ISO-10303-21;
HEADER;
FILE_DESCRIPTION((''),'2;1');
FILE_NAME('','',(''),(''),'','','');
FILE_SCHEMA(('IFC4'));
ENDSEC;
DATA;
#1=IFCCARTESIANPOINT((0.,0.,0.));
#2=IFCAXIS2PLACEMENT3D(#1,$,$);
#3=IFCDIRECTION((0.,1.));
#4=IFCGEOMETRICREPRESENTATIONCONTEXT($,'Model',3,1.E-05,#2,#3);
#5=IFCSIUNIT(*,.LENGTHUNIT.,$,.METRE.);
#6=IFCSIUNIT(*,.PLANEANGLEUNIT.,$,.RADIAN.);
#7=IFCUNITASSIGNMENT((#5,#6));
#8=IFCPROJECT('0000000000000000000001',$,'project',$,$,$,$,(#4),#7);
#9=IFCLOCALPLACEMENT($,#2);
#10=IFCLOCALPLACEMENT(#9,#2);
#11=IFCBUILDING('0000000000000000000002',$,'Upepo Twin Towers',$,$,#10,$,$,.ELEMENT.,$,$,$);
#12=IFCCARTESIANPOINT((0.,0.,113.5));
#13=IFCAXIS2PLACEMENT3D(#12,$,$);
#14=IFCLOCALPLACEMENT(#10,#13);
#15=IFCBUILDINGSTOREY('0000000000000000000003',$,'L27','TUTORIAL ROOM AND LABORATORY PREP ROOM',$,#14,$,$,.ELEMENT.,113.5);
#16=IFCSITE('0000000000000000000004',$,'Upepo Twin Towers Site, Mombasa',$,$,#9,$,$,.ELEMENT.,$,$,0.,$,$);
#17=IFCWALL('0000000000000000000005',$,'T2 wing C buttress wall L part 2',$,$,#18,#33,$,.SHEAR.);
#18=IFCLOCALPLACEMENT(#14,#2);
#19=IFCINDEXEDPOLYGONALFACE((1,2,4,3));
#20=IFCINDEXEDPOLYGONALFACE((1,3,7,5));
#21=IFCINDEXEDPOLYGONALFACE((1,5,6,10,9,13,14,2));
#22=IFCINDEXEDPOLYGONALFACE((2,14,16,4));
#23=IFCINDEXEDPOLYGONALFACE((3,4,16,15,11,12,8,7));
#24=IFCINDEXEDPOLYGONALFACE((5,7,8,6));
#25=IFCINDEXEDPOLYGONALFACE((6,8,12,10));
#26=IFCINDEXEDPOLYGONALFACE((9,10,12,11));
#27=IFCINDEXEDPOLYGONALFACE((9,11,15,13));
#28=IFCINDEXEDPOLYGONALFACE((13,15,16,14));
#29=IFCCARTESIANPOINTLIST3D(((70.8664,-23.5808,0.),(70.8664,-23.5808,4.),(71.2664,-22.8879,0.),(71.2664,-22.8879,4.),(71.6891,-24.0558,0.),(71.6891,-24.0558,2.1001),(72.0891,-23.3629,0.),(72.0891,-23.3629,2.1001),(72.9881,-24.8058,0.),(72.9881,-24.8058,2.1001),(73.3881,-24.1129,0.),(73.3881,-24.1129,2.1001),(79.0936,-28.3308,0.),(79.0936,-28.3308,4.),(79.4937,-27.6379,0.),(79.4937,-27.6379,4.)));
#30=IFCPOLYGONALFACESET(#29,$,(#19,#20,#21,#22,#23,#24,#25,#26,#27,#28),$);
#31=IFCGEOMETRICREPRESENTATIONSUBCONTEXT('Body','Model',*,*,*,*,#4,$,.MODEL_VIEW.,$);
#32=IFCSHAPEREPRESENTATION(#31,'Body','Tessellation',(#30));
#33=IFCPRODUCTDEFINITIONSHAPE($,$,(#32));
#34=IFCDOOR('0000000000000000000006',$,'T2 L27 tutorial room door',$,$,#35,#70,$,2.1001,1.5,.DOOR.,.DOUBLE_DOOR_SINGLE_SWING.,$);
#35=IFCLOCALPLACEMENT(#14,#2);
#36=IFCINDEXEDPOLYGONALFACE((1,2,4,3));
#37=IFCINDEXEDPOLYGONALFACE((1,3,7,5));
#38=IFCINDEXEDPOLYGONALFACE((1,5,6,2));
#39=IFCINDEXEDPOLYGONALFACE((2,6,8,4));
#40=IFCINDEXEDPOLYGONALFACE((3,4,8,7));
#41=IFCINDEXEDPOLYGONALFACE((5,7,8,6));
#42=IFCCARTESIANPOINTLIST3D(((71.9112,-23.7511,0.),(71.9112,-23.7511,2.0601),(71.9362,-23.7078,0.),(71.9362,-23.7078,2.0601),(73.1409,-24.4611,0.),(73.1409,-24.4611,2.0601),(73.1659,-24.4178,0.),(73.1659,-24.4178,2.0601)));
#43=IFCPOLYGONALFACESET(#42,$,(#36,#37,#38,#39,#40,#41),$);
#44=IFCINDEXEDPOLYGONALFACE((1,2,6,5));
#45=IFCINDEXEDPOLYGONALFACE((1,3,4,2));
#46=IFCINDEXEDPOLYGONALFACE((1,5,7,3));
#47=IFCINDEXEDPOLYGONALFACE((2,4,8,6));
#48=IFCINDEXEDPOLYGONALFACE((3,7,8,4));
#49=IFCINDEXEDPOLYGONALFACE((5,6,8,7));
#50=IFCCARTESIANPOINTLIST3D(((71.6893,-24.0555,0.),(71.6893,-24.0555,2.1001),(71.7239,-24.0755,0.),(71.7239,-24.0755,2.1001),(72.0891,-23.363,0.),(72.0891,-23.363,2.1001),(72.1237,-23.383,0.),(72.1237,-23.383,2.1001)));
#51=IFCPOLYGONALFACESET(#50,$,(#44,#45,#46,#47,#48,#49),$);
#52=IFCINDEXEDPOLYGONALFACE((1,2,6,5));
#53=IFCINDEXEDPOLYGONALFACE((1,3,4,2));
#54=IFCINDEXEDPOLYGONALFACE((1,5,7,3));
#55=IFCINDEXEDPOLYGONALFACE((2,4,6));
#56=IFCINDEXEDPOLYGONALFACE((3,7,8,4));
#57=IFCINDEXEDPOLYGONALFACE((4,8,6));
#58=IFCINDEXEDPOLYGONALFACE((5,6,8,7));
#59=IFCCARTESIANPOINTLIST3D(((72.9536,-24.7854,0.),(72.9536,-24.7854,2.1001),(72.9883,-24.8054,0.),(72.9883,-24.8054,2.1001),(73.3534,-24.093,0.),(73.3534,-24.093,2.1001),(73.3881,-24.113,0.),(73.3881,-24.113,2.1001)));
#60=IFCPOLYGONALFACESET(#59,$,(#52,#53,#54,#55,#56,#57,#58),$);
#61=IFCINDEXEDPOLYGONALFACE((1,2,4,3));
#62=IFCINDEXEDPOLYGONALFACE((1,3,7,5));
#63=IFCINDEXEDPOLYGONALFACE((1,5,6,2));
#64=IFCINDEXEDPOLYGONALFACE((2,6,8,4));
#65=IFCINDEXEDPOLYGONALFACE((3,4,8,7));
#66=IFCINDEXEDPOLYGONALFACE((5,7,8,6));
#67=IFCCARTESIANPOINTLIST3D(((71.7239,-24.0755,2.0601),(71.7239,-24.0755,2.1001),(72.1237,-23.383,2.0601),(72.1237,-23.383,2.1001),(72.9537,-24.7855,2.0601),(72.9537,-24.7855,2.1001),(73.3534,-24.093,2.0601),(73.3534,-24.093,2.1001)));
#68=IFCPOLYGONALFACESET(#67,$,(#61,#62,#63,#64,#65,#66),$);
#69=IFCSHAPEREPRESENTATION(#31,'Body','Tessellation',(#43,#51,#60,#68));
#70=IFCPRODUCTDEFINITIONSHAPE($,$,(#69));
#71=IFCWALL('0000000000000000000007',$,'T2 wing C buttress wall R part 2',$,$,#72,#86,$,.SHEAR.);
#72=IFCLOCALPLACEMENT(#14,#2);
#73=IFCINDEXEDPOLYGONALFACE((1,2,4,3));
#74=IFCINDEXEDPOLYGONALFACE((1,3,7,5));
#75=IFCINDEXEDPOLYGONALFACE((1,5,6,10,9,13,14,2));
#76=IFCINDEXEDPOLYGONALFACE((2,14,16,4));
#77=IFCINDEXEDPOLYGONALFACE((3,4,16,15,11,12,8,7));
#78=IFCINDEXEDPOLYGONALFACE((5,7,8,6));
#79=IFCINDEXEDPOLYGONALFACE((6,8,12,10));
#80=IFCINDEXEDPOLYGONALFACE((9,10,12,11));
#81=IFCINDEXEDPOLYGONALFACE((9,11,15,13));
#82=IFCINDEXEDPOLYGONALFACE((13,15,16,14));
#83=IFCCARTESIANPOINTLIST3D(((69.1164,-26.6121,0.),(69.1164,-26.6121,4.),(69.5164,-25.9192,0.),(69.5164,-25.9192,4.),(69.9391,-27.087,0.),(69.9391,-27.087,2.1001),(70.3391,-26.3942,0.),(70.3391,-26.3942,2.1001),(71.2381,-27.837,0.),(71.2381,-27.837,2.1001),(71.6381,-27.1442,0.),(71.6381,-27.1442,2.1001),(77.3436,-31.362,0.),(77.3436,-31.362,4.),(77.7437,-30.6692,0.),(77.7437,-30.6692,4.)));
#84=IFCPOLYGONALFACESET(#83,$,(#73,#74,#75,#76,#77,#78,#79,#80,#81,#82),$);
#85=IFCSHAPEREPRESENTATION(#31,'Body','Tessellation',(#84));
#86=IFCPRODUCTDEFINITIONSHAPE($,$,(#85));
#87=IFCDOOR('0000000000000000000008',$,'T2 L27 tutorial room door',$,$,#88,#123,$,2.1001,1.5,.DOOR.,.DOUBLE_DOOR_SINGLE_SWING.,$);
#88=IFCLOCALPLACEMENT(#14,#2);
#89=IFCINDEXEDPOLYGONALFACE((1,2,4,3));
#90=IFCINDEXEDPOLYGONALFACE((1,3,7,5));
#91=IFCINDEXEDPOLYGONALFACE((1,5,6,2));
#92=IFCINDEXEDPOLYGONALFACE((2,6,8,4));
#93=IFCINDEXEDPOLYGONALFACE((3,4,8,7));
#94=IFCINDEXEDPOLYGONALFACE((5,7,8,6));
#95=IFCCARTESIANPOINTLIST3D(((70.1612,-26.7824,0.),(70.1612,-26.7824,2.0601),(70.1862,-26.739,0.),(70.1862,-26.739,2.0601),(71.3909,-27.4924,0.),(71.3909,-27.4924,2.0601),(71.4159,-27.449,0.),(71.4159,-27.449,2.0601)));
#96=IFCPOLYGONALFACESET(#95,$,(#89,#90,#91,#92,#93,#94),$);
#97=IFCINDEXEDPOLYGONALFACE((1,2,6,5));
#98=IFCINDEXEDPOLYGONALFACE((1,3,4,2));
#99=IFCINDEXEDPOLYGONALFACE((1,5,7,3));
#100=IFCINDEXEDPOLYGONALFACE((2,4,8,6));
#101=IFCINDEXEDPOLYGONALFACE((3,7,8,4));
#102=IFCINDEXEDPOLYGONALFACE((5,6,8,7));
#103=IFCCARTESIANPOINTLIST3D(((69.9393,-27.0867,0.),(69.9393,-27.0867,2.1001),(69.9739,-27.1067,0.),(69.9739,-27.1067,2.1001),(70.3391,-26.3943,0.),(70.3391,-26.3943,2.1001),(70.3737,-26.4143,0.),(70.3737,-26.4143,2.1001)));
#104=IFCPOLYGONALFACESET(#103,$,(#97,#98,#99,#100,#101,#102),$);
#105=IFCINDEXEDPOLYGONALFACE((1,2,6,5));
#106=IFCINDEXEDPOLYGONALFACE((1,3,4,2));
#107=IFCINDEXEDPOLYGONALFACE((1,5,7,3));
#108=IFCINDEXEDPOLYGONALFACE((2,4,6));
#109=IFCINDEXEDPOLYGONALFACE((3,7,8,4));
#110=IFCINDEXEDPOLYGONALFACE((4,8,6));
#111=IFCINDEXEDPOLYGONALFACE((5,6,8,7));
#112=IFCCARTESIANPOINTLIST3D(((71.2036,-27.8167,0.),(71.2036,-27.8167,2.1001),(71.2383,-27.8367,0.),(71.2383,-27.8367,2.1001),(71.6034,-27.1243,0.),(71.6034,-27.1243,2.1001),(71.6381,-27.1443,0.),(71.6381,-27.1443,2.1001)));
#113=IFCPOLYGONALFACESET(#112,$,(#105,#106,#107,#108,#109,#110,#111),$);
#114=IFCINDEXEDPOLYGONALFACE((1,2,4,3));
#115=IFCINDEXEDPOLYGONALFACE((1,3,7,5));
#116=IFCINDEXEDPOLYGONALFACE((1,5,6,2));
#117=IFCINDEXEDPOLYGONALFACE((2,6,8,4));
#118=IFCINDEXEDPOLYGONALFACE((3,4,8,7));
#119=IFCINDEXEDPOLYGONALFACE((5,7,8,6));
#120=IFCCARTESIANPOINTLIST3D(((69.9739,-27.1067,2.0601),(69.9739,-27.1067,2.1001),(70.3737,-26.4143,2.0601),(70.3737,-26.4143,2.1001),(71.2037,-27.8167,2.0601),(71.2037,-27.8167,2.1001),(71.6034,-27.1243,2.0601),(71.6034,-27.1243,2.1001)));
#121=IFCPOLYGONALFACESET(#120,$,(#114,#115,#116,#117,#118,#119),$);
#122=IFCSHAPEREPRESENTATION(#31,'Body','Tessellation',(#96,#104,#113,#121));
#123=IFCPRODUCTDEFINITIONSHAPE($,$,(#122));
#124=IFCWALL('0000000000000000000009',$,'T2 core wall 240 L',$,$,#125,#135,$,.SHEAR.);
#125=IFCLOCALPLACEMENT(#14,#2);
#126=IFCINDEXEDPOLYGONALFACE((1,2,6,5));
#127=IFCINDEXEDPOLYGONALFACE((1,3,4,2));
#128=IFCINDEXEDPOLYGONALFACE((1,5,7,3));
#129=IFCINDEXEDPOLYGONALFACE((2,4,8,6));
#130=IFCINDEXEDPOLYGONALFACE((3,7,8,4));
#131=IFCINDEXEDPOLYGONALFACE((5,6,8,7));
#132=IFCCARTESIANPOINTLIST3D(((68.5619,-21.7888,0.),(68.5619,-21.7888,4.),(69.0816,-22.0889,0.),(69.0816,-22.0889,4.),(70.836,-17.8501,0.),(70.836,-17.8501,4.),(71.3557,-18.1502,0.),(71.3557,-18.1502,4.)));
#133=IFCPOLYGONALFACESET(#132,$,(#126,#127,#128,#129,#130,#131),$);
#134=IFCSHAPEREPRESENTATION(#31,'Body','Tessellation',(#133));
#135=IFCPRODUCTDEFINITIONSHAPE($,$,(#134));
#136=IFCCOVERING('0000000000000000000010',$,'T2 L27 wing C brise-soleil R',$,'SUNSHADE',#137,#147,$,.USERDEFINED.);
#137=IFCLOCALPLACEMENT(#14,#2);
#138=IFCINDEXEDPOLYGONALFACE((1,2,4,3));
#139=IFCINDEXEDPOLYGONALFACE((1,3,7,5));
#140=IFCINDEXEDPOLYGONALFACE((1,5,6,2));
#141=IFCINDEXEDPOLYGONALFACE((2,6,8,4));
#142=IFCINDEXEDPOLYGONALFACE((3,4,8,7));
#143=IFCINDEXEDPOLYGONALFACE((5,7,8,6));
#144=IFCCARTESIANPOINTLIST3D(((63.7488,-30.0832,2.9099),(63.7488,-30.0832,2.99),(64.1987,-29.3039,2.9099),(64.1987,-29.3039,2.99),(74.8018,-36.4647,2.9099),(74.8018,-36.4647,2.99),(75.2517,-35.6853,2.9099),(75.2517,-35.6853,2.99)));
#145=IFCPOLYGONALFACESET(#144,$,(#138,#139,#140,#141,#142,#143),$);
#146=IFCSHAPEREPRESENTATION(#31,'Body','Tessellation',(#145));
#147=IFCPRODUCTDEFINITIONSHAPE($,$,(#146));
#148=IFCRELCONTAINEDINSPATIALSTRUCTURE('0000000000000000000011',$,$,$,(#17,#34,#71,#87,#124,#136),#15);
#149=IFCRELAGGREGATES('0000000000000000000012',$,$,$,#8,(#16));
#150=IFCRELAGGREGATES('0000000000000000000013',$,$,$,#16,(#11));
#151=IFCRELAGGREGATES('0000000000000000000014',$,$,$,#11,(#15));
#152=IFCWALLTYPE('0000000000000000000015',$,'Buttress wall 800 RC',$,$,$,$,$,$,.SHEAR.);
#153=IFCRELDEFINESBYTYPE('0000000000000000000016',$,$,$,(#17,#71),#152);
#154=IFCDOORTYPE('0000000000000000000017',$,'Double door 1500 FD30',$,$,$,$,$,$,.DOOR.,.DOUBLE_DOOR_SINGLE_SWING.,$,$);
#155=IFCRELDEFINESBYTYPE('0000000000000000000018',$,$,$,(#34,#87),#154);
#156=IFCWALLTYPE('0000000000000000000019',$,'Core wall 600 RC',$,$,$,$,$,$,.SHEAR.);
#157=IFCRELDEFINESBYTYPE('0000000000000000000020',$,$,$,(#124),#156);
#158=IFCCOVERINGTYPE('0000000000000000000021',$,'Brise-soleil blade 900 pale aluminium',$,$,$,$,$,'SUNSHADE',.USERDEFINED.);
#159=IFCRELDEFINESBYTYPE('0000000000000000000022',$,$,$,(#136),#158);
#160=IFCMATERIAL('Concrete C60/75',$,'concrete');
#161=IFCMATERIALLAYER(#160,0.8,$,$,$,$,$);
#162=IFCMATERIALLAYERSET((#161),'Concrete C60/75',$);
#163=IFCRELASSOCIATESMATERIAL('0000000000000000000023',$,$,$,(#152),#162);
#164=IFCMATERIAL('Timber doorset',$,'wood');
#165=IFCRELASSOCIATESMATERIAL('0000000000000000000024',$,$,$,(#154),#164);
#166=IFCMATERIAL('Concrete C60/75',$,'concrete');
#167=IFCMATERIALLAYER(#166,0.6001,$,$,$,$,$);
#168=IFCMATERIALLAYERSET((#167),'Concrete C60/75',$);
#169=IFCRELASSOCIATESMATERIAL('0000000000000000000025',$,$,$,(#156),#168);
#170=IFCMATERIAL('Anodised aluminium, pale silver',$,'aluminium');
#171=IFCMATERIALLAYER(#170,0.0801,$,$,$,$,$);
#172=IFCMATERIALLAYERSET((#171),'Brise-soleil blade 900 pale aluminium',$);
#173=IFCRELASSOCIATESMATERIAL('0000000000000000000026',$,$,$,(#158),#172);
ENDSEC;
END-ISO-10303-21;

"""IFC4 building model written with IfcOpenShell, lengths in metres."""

from ifc_helpers import new_model, si_unit, direction, frame, frame_2d, origin, origin_2d, place, context, subcontext, project, spatial, rectangle, extrude, material, layer, layer_set, type_object, element, fill, save


model = new_model("IFC4")

# Units and contexts
model_context = context("Model", 3, precision=1e-05, world=origin(), true_north=direction((0.0, 1.0)))
body_context = subcontext(model_context, "Body", "Model", "MODEL_VIEW")
ifc_project = project(units=[si_unit("LENGTHUNIT", "METRE"), si_unit("PLANEANGLEUNIT", "RADIAN")], contexts=[model_context])

# Site, building, storey
site_placement = place(None, origin())
site = spatial("IfcSite", under=ifc_project, at=site_placement, Name="Upepo Twin Towers Site, Mombasa", CompositionType="ELEMENT", RefElevation=0.0)
building_placement = place(site_placement, origin())
building = spatial("IfcBuilding", under=site, at=building_placement, Name="Upepo Twin Towers", CompositionType="ELEMENT")
storey_placement = place(building_placement, frame((0.0, 0.0, 113.5)))
storey = spatial("IfcBuildingStorey", under=building, at=storey_placement, Name="L27", Description="TUTORIAL ROOM AND LABORATORY PREP ROOM", CompositionType="ELEMENT", Elevation=113.5)

# Walls, openings, doors
ifc_material_1 = material(Name="Concrete C60/75", Category="concrete")
ifc_layer_1 = layer(ifc_material_1, 0.8)
ifc_layer_set_1 = layer_set([ifc_layer_1], Name="Concrete C60/75")
wall_type_1 = type_object("IfcWallType", Name="Buttress wall 800 RC", PredefinedType="SHEAR", material=ifc_layer_set_1)
wall_1_placement = place(storey_placement, frame((71.0664, -23.2344, 0.0), z_axis=(0.0, 0.0, 1.0), x_axis=(0.866027, -0.499998, 0.0)))
wall_1 = element("IfcWall", 1, at=wall_1_placement, inside=storey, type_object=wall_type_1, Name="T2 wing C buttress wall L part 2", PredefinedType="SHEAR", context=body_context, shape_type="SweptSolid", body=[
    extrude(rectangle(XDim=9.5, YDim=0.8, at=frame_2d((4.75, 0.0))), origin(), (0.0, 0.0, 1.0), 4.0),
])
opening_1_placement = place(wall_1_placement, frame((0.95, 0.0, 0.0)))
opening_1 = element("IfcOpeningElement", 2, at=opening_1_placement, cuts=wall_1, PredefinedType="OPENING", context=body_context, shape_type="SweptSolid", body=[
    extrude(rectangle(XDim=1.5, YDim=2.1001, at=frame_2d((0.75, 1.05))), frame((0.0, 0.4099, 0.0), z_axis=(0.0, -1.0, 0.0), x_axis=(1.0, 0.0, 0.0)), (0.0, 0.0, 1.0), 0.8201),
])
ifc_material_2 = material(Name="Timber doorset", Category="wood")
door_type = type_object("IfcDoorType", Name="Double door 1500 FD30", OperationType="DOUBLE_DOOR_SINGLE_SWING", PredefinedType="DOOR", material=ifc_material_2)
door_1_placement = place(opening_1_placement, origin())
door_1 = element("IfcDoor", 3, at=door_1_placement, inside=storey, type_object=door_type, Name="T2 L27 tutorial room door", OperationType="DOUBLE_DOOR_SINGLE_SWING", OverallHeight=2.1001, OverallWidth=1.5, PredefinedType="DOOR", context=body_context, shape_type="SweptSolid", body=[
    extrude(rectangle(XDim=1.42, YDim=2.0601, at=frame_2d((0.75, 1.03))), frame((0.0, 0.0249, 0.0), z_axis=(0.0, -1.0, 0.0), x_axis=(1.0, 0.0, 0.0)), (0.0, 0.0, 1.0), 0.05),
    extrude(rectangle(XDim=0.04, YDim=2.1001, at=frame_2d((0.02, 1.05))), frame((0.0, 0.3999, 0.0), z_axis=(0.0, -1.0, 0.0), x_axis=(1.0, 0.0, 0.0)), (0.0, 0.0, 1.0), 0.7996),
    extrude(rectangle(XDim=0.04, YDim=2.1001, at=frame_2d((1.48, 1.05))), frame((0.0, 0.3999, 0.0), z_axis=(0.0, -1.0, 0.0), x_axis=(1.0, 0.0, 0.0)), (0.0, 0.0, 1.0), 0.7996),
    extrude(rectangle(XDim=1.42, YDim=0.04, at=frame_2d((0.75, 2.0801))), frame((0.0, 0.3999, 0.0), z_axis=(0.0, -1.0, 0.0), x_axis=(1.0, 0.0, 0.0)), (0.0, 0.0, 1.0), 0.7996),
])
fill(opening_1, door_1)
wall_2_placement = place(storey_placement, frame((69.3164, -26.2656, 0.0), z_axis=(0.0, 0.0, 1.0), x_axis=(0.866027, -0.499998, 0.0)))
wall_2 = element("IfcWall", 4, at=wall_2_placement, inside=storey, type_object=wall_type_1, Name="T2 wing C buttress wall R part 2", PredefinedType="SHEAR", context=body_context, shape_type="SweptSolid", body=[
    extrude(rectangle(XDim=9.5, YDim=0.8, at=frame_2d((4.75, 0.0))), origin(), (0.0, 0.0, 1.0), 4.0),
])
opening_2_placement = place(wall_2_placement, frame((0.95, 0.0, 0.0)))
opening_2 = element("IfcOpeningElement", 5, at=opening_2_placement, cuts=wall_2, PredefinedType="OPENING", context=body_context, shape_type="SweptSolid", body=[
    extrude(rectangle(XDim=1.5, YDim=2.1001, at=frame_2d((0.75, 1.05))), frame((0.0, 0.4099, 0.0), z_axis=(0.0, -1.0, 0.0), x_axis=(1.0, 0.0, 0.0)), (0.0, 0.0, 1.0), 0.8201),
])
door_2_placement = place(opening_2_placement, origin())
door_2 = element("IfcDoor", 6, at=door_2_placement, inside=storey, type_object=door_type, Name="T2 L27 tutorial room door", OperationType="DOUBLE_DOOR_SINGLE_SWING", OverallHeight=2.1001, OverallWidth=1.5, PredefinedType="DOOR", context=body_context, shape_type="SweptSolid", body=[
    extrude(rectangle(XDim=1.42, YDim=2.0601, at=frame_2d((0.75, 1.03))), frame((0.0, 0.0249, 0.0), z_axis=(0.0, -1.0, 0.0), x_axis=(1.0, 0.0, 0.0)), (0.0, 0.0, 1.0), 0.05),
    extrude(rectangle(XDim=0.04, YDim=2.1001, at=frame_2d((0.02, 1.05))), frame((0.0, 0.3999, 0.0), z_axis=(0.0, -1.0, 0.0), x_axis=(1.0, 0.0, 0.0)), (0.0, 0.0, 1.0), 0.7996),
    extrude(rectangle(XDim=0.04, YDim=2.1001, at=frame_2d((1.48, 1.05))), frame((0.0, 0.3999, 0.0), z_axis=(0.0, -1.0, 0.0), x_axis=(1.0, 0.0, 0.0)), (0.0, 0.0, 1.0), 0.7996),
    extrude(rectangle(XDim=1.42, YDim=0.04, at=frame_2d((0.75, 2.0801))), frame((0.0, 0.3999, 0.0), z_axis=(0.0, -1.0, 0.0), x_axis=(1.0, 0.0, 0.0)), (0.0, 0.0, 1.0), 0.7996),
])
fill(opening_2, door_2)

# Wall
ifc_material_3 = material(Name="Concrete C60/75", Category="concrete")
ifc_layer_2 = layer(ifc_material_3, 0.6001)
ifc_layer_set_2 = layer_set([ifc_layer_2], Name="Concrete C60/75")
wall_type_2 = type_object("IfcWallType", Name="Core wall 600 RC", PredefinedType="SHEAR", material=ifc_layer_set_2)
wall_3_placement = place(storey_placement, frame((68.8218, -21.9387, 0.0), z_axis=(0.0, 0.0, 1.0), x_axis=(0.500024, 0.866011, 0.0)))
element("IfcWall", 7, at=wall_3_placement, inside=storey, type_object=wall_type_2, Name="T2 core wall 240 L", PredefinedType="SHEAR", context=body_context, shape_type="SweptSolid", body=[
    extrude(rectangle(XDim=4.5481, YDim=0.6001, at=frame_2d((2.2739, 0.0))), origin(), (0.0, 0.0, 1.0), 4.0),
])

# Covering
ifc_material_4 = material(Name="Anodised aluminium, pale silver", Category="aluminium")
ifc_layer_3 = layer(ifc_material_4, 0.0801)
ifc_layer_set_3 = layer_set([ifc_layer_3], Name="Brise-soleil blade 900 pale aluminium")
covering_type = type_object("IfcCoveringType", Name="Brise-soleil blade 900 pale aluminium", ElementType="SUNSHADE", PredefinedType="USERDEFINED", material=ifc_layer_set_3)
covering_placement = place(storey_placement, frame((69.5002, -32.8843, 2.9099), z_axis=(0.0, 0.0, 1.0), x_axis=(0.866025, -0.5, 0.0)))
element("IfcCovering", 8, at=covering_placement, inside=storey, type_object=covering_type, Name="T2 L27 wing C brise-soleil R", ObjectType="SUNSHADE", PredefinedType="USERDEFINED", context=body_context, shape_type="SweptSolid", body=[
    extrude(rectangle(XDim=12.7629, YDim=0.8999, at=origin_2d()), origin(), (0.0, 0.0, 1.0), 0.0801),
])

save(model, "model.ifc")
